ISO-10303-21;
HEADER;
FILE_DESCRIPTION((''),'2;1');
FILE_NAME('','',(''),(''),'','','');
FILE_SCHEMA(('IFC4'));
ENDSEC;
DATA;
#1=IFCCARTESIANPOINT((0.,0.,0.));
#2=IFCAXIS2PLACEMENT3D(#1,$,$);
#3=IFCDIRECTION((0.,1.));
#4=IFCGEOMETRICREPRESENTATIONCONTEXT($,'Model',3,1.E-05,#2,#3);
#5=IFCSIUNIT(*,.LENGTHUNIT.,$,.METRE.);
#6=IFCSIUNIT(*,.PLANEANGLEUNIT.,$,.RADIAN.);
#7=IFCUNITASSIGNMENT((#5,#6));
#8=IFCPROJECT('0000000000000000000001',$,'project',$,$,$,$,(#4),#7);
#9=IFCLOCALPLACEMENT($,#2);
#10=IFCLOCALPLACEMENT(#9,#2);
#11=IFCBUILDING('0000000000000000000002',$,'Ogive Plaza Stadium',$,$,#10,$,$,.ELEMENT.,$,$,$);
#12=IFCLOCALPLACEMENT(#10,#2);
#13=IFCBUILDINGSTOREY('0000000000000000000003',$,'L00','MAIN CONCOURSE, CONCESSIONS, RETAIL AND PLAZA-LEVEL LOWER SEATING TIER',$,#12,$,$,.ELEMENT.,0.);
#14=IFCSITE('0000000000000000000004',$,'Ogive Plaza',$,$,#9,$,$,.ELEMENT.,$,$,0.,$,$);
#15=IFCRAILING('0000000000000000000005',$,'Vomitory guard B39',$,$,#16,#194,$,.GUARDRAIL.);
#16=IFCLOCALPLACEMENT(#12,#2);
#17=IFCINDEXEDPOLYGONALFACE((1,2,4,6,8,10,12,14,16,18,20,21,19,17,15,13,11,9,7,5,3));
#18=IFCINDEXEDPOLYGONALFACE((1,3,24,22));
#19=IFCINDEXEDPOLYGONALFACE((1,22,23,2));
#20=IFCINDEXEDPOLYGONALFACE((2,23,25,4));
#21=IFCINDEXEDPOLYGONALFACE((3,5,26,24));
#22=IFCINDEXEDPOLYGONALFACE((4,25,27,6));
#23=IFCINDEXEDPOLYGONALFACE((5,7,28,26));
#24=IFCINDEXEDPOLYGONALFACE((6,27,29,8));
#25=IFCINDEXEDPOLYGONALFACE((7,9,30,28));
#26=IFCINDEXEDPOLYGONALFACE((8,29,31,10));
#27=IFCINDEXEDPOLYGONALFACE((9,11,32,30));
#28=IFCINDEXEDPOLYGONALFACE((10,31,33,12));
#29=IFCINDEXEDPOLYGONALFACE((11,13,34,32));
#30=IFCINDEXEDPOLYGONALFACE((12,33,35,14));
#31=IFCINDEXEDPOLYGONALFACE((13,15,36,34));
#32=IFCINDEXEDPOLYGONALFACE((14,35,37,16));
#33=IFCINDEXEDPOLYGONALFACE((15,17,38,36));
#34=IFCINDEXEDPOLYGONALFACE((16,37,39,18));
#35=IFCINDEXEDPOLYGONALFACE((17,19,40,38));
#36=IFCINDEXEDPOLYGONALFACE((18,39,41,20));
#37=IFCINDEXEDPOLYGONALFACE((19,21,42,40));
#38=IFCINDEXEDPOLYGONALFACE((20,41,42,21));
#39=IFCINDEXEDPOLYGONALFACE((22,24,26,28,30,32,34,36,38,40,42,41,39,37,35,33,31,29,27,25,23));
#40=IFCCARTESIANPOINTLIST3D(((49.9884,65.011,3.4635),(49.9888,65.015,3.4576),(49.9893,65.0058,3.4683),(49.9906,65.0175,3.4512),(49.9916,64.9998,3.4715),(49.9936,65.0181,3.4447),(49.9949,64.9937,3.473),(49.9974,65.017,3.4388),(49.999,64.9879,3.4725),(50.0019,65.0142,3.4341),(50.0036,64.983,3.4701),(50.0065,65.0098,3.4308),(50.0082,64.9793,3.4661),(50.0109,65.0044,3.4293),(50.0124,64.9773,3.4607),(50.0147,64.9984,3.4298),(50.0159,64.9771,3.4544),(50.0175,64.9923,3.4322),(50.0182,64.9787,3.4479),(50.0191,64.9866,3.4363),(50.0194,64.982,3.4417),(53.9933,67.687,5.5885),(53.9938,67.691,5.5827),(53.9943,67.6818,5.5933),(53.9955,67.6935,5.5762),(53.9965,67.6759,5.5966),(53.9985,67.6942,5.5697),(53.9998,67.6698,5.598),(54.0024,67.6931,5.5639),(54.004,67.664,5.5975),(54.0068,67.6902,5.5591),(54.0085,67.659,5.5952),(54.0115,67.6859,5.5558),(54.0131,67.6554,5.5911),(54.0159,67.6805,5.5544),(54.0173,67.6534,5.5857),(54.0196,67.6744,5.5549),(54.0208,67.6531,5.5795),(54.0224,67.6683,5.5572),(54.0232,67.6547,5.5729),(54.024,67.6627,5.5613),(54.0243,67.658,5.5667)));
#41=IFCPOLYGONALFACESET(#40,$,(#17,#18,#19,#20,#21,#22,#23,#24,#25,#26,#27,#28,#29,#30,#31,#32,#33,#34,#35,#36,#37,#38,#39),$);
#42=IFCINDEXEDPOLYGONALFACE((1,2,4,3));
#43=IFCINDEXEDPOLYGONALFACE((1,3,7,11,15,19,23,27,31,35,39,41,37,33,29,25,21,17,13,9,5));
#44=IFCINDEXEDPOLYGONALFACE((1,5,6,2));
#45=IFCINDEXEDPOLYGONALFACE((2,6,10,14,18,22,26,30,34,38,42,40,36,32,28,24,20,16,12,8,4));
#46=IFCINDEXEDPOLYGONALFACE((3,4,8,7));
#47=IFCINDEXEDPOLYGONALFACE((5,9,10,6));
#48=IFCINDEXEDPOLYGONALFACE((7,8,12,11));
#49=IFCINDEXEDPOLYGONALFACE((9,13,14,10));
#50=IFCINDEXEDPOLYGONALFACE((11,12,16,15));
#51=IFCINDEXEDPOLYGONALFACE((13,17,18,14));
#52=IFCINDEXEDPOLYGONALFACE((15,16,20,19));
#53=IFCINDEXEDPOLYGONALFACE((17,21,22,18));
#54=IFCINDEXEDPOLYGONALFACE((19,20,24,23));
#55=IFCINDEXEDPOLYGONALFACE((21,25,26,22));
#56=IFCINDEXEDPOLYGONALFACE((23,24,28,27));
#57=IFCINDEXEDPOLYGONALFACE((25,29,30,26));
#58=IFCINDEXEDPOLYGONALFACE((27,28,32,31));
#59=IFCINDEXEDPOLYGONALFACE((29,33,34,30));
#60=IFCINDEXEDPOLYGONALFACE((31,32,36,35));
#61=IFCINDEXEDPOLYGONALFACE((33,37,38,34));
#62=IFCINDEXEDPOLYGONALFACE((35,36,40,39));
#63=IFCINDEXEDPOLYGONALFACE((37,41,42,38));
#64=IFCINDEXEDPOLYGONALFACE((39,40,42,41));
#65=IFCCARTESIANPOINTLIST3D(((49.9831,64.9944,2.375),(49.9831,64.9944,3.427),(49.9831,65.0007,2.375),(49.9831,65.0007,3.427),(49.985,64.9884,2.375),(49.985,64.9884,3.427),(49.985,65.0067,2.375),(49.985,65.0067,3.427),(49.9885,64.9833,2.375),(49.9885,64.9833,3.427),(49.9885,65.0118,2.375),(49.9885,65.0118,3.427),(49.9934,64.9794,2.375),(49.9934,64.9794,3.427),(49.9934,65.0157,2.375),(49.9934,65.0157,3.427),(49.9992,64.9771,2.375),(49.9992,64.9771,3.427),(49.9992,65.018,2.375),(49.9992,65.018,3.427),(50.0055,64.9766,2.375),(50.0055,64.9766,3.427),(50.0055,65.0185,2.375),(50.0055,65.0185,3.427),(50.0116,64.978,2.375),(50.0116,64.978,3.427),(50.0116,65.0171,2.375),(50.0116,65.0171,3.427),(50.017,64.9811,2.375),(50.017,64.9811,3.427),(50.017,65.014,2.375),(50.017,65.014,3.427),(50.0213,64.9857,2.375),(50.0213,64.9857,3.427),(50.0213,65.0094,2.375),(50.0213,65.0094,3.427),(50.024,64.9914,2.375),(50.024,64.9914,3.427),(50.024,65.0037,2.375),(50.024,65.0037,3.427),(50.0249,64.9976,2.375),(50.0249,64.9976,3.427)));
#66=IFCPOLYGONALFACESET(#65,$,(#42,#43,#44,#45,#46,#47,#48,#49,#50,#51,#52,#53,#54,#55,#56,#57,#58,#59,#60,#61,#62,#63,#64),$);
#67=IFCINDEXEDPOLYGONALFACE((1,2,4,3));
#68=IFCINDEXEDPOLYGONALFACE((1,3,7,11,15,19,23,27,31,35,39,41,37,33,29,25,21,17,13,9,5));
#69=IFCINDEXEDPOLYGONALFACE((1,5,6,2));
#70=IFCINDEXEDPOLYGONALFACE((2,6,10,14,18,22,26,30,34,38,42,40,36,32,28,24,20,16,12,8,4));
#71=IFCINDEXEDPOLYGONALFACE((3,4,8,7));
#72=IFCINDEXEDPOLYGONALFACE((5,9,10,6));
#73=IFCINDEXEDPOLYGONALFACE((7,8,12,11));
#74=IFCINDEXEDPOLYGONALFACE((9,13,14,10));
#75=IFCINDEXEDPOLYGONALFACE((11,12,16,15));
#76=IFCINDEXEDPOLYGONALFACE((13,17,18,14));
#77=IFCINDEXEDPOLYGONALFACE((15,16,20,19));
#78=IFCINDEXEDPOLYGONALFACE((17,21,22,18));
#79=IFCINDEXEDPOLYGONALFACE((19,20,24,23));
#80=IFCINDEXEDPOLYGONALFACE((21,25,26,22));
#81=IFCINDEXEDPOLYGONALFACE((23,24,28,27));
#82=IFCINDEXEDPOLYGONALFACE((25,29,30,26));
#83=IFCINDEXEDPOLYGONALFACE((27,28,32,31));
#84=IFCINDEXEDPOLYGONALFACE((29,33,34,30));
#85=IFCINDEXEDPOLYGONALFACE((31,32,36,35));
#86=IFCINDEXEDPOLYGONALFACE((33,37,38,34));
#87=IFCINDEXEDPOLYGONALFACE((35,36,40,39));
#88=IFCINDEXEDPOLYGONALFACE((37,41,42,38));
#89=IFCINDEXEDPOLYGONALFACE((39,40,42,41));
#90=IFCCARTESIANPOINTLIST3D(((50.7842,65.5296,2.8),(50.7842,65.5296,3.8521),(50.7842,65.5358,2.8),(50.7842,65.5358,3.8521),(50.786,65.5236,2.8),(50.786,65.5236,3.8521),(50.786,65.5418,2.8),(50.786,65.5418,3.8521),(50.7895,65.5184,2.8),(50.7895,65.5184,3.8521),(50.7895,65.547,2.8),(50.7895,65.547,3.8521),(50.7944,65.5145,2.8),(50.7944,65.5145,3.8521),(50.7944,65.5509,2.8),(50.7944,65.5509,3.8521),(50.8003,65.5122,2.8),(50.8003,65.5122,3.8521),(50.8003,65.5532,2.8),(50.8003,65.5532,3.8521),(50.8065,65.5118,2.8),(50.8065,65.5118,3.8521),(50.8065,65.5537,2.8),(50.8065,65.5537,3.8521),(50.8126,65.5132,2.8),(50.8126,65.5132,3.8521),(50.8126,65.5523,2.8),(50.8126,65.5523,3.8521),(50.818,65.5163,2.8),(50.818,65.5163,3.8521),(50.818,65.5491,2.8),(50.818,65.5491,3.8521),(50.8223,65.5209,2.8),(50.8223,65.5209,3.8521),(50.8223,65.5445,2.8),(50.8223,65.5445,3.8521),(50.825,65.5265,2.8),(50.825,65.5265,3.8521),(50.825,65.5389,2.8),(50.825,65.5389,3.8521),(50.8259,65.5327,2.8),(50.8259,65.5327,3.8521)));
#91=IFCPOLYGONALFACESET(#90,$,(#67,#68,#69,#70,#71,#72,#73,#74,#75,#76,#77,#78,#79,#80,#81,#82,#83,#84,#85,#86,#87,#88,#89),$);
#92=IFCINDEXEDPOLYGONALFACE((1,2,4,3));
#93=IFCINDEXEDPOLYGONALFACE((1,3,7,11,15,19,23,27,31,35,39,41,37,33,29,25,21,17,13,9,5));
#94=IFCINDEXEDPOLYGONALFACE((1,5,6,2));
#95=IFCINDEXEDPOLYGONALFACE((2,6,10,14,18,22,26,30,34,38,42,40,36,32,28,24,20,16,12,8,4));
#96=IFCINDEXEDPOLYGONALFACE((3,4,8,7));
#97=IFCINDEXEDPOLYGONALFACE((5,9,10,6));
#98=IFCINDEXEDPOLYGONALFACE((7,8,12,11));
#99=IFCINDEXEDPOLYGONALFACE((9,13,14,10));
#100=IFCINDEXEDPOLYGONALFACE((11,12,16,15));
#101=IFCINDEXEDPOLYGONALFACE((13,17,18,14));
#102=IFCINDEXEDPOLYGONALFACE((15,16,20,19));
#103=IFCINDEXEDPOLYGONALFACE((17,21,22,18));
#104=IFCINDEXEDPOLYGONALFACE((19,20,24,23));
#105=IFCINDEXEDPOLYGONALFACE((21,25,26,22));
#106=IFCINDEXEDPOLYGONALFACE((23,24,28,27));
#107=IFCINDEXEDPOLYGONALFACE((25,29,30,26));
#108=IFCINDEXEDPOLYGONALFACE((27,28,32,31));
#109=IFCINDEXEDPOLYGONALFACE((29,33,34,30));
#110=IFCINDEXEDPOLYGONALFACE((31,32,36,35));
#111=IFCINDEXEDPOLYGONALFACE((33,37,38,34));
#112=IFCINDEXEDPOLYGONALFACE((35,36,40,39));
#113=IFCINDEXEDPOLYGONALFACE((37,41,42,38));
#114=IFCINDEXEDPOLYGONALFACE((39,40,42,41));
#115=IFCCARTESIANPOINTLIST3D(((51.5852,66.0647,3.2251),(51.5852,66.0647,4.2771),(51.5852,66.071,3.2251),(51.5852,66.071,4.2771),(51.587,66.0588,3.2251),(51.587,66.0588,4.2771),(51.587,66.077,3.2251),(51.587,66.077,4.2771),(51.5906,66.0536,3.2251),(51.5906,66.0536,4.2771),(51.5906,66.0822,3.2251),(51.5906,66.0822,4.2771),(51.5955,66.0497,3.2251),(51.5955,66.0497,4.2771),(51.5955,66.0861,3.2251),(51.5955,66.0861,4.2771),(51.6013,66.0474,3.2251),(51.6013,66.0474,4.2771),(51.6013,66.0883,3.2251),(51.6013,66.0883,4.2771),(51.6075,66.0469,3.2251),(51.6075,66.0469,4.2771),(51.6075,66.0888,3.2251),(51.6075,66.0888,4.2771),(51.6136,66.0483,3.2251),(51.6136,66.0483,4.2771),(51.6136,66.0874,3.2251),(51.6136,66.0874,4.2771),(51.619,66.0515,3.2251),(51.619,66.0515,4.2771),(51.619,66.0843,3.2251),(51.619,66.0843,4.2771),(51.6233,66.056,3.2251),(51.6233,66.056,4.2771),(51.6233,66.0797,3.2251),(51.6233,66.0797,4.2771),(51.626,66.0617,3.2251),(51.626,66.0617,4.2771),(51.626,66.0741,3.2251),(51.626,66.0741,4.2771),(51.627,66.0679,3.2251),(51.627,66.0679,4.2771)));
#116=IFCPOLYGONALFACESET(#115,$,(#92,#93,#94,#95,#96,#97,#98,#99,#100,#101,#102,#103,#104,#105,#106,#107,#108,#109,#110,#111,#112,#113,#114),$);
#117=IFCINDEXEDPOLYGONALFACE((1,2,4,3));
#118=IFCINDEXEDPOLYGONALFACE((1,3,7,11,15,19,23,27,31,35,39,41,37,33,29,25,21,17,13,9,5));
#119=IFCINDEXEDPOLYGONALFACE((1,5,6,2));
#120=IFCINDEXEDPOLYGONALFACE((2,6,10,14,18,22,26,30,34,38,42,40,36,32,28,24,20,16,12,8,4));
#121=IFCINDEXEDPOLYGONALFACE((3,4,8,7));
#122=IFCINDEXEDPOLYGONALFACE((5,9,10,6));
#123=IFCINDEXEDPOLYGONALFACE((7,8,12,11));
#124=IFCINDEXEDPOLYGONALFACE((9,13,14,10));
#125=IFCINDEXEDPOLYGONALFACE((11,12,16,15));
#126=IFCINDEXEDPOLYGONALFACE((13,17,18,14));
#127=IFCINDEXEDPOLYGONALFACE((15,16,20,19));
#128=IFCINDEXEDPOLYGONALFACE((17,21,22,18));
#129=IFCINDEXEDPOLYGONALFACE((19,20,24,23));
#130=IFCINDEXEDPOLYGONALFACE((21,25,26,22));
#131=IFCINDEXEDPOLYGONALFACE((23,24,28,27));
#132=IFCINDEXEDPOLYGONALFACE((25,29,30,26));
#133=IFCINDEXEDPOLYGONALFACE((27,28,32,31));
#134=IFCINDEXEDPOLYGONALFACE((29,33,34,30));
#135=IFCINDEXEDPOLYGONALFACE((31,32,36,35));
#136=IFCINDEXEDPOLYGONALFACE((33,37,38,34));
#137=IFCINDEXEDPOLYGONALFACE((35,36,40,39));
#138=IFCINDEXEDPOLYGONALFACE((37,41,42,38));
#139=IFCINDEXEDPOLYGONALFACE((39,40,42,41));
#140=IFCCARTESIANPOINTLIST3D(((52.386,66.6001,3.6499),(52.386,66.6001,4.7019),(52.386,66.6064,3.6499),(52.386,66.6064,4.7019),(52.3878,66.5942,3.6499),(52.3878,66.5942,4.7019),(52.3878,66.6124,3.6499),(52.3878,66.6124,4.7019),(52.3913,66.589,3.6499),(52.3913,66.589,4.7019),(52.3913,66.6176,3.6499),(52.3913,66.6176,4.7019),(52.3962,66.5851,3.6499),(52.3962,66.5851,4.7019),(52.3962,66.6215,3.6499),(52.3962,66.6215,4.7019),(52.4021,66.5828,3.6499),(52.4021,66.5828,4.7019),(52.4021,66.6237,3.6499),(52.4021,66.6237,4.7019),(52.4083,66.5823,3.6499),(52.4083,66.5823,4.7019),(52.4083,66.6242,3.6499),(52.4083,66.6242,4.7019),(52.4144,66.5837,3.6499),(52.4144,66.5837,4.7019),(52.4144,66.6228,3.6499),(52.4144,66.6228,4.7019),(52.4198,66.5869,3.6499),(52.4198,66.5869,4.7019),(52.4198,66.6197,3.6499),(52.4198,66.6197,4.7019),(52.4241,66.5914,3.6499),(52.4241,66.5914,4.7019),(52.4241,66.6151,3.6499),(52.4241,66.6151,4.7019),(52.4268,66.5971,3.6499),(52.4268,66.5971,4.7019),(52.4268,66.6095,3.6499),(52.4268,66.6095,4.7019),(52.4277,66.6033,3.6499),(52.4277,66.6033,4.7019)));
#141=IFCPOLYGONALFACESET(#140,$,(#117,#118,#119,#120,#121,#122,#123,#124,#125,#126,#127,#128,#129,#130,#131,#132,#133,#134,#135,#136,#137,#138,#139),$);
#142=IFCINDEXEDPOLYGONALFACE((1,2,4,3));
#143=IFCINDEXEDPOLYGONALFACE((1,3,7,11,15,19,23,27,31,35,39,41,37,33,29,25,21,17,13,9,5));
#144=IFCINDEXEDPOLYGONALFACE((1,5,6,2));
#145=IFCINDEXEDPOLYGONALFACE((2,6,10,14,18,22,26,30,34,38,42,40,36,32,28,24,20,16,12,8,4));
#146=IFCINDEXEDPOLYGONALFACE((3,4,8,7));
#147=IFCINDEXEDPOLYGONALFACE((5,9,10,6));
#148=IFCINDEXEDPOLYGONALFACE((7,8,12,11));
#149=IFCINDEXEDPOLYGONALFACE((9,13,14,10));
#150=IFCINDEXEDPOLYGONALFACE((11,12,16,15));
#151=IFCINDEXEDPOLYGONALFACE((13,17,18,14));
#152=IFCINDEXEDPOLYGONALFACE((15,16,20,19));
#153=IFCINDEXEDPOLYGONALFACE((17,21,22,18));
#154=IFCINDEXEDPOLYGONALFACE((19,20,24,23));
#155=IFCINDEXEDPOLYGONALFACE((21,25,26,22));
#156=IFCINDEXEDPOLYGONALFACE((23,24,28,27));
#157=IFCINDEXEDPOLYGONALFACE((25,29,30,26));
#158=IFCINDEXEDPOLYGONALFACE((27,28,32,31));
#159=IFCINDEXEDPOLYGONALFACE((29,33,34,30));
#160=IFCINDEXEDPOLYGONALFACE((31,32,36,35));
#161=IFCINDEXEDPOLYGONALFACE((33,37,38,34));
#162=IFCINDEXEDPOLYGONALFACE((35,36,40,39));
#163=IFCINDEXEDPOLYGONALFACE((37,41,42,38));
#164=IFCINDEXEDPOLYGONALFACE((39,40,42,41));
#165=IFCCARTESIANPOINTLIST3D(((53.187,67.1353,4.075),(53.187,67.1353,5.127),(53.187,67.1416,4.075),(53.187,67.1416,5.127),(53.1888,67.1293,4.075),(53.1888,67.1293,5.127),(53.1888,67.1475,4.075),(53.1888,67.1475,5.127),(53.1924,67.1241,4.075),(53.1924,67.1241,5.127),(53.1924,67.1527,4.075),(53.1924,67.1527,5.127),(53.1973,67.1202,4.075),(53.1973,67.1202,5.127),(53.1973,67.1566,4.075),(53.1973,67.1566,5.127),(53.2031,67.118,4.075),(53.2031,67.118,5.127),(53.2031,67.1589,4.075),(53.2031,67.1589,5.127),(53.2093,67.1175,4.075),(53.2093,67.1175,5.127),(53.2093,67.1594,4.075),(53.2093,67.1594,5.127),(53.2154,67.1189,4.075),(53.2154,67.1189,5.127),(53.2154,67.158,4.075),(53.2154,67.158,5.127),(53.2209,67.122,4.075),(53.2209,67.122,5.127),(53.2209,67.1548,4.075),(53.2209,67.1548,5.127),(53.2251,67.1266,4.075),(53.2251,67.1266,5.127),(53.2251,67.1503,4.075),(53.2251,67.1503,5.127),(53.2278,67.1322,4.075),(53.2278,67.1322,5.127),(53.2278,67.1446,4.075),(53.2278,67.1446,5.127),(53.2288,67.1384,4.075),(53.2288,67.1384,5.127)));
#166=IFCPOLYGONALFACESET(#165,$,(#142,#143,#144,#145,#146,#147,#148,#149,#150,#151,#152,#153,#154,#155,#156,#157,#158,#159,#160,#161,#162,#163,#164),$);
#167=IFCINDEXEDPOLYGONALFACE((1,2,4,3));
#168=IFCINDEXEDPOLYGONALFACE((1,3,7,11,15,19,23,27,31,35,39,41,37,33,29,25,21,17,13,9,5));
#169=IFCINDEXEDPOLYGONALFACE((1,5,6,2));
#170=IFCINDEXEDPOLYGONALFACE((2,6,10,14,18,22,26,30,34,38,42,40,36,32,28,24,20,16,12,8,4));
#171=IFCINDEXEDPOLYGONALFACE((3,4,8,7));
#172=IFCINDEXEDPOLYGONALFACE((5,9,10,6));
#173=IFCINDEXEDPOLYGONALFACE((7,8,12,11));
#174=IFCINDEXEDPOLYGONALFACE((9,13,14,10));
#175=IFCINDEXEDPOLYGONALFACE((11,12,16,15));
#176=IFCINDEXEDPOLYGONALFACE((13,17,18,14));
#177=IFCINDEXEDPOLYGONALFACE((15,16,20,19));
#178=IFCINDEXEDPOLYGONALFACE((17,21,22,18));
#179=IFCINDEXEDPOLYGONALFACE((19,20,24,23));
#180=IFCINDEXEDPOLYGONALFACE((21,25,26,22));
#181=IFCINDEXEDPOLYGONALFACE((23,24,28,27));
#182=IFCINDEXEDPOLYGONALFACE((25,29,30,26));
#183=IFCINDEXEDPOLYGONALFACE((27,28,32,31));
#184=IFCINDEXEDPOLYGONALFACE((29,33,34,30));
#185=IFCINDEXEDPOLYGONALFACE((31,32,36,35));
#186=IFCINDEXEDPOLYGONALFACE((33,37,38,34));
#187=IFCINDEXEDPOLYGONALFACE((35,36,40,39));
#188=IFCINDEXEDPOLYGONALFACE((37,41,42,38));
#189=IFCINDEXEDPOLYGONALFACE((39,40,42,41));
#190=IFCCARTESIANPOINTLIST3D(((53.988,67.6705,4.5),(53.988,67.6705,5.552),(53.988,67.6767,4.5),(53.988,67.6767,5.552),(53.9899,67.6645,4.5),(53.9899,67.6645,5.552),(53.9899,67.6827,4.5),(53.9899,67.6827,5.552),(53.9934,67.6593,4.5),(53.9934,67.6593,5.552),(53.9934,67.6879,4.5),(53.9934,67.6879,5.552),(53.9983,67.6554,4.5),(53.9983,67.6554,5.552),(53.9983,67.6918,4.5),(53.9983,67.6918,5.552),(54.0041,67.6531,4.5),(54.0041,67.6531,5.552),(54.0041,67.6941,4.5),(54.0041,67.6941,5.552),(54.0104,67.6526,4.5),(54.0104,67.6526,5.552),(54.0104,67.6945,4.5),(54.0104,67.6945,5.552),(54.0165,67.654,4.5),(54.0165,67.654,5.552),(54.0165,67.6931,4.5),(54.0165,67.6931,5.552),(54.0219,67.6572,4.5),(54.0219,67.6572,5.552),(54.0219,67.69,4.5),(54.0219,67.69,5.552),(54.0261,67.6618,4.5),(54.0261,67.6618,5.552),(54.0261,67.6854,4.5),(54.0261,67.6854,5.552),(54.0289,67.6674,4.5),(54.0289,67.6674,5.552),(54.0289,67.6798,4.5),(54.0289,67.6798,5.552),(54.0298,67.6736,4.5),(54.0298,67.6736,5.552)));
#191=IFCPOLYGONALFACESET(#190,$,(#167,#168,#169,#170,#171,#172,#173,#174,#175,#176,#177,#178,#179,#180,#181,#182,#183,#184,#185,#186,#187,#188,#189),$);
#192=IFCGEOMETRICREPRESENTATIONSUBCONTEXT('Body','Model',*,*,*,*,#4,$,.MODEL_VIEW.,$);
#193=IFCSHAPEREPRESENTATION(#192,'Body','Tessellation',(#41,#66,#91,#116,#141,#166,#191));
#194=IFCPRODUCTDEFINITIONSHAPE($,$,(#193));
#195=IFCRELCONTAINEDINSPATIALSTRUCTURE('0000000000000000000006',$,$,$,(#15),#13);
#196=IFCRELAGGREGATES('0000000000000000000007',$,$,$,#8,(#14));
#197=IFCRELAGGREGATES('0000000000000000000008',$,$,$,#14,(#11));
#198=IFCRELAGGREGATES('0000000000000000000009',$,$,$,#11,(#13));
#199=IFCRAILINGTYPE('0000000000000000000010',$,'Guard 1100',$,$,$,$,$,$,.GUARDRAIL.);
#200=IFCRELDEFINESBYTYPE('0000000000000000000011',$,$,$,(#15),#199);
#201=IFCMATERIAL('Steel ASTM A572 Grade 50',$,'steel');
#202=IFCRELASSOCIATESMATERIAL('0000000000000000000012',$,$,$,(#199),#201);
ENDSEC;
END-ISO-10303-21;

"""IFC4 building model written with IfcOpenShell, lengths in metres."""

from ifc_helpers import new_model, si_unit, direction, frame, origin, origin_2d, place, context, subcontext, project, spatial, circle, extrude, material, type_object, element, save


model = new_model("IFC4")

# Units and contexts
model_context = context("Model", 3, precision=1e-05, world=origin(), true_north=direction((0.0, 1.0)))
body_context = subcontext(model_context, "Body", "Model", "MODEL_VIEW")
ifc_project = project(units=[si_unit("LENGTHUNIT", "METRE"), si_unit("PLANEANGLEUNIT", "RADIAN")], contexts=[model_context])

# Site, building, storey
site_placement = place(None, origin())
site = spatial("IfcSite", under=ifc_project, at=site_placement, Name="Ogive Plaza", CompositionType="ELEMENT", RefElevation=0.0)
building_placement = place(site_placement, origin())
building = spatial("IfcBuilding", under=site, at=building_placement, Name="Ogive Plaza Stadium", CompositionType="ELEMENT")
storey_placement = place(building_placement, origin())
storey = spatial("IfcBuildingStorey", under=building, at=storey_placement, Name="L00", Description="MAIN CONCOURSE, CONCESSIONS, RETAIL AND PLAZA-LEVEL LOWER SEATING TIER", CompositionType="ELEMENT", Elevation=0.0)

# Railing
ifc_material_1 = material(Name="Steel ASTM A572 Grade 50", Category="steel")
railing_type = type_object("IfcRailingType", Name="Guard 1100", PredefinedType="GUARDRAIL", material=ifc_material_1)
railing_1_placement = place(storey_placement, frame((50.0039, 64.9976, 2.375)))
element("IfcRailing", 1, at=railing_1_placement, inside=storey, type_object=railing_type, Name="Vomitory guard B39", PredefinedType="GUARDRAIL", context=body_context, shape_type="SweptSolid", body=[
    extrude(circle(Radius=0.0239, at=origin_2d()), frame((0.0, 0.0, 1.0762), z_axis=(0.760722, 0.508307, 0.403641), x_axis=(-0.555577, 0.831465, 0.0)), (0.0, 0.0, 1.0), 5.2646),
    extrude(circle(Radius=0.021, at=origin_2d()), origin(), (0.0, 0.0, 1.0), 1.052),
    extrude(circle(Radius=0.021, at=origin_2d()), frame((0.801, 0.5352, 0.425)), (0.0, 0.0, 1.0), 1.052),
    extrude(circle(Radius=0.021, at=origin_2d()), frame((1.6021, 1.0703, 0.8501)), (0.0, 0.0, 1.0), 1.052),
    extrude(circle(Radius=0.021, at=origin_2d()), frame((2.4028, 1.6057, 1.2749)), (0.0, 0.0, 1.0), 1.052),
    extrude(circle(Radius=0.021, at=origin_2d()), frame((3.2039, 2.1409, 1.7)), (0.0, 0.0, 1.0), 1.052),
    extrude(circle(Radius=0.021, at=origin_2d()), frame((4.0049, 2.676, 2.125)), (0.0, 0.0, 1.0), 1.052),
])

save(model, "model.ifc")
